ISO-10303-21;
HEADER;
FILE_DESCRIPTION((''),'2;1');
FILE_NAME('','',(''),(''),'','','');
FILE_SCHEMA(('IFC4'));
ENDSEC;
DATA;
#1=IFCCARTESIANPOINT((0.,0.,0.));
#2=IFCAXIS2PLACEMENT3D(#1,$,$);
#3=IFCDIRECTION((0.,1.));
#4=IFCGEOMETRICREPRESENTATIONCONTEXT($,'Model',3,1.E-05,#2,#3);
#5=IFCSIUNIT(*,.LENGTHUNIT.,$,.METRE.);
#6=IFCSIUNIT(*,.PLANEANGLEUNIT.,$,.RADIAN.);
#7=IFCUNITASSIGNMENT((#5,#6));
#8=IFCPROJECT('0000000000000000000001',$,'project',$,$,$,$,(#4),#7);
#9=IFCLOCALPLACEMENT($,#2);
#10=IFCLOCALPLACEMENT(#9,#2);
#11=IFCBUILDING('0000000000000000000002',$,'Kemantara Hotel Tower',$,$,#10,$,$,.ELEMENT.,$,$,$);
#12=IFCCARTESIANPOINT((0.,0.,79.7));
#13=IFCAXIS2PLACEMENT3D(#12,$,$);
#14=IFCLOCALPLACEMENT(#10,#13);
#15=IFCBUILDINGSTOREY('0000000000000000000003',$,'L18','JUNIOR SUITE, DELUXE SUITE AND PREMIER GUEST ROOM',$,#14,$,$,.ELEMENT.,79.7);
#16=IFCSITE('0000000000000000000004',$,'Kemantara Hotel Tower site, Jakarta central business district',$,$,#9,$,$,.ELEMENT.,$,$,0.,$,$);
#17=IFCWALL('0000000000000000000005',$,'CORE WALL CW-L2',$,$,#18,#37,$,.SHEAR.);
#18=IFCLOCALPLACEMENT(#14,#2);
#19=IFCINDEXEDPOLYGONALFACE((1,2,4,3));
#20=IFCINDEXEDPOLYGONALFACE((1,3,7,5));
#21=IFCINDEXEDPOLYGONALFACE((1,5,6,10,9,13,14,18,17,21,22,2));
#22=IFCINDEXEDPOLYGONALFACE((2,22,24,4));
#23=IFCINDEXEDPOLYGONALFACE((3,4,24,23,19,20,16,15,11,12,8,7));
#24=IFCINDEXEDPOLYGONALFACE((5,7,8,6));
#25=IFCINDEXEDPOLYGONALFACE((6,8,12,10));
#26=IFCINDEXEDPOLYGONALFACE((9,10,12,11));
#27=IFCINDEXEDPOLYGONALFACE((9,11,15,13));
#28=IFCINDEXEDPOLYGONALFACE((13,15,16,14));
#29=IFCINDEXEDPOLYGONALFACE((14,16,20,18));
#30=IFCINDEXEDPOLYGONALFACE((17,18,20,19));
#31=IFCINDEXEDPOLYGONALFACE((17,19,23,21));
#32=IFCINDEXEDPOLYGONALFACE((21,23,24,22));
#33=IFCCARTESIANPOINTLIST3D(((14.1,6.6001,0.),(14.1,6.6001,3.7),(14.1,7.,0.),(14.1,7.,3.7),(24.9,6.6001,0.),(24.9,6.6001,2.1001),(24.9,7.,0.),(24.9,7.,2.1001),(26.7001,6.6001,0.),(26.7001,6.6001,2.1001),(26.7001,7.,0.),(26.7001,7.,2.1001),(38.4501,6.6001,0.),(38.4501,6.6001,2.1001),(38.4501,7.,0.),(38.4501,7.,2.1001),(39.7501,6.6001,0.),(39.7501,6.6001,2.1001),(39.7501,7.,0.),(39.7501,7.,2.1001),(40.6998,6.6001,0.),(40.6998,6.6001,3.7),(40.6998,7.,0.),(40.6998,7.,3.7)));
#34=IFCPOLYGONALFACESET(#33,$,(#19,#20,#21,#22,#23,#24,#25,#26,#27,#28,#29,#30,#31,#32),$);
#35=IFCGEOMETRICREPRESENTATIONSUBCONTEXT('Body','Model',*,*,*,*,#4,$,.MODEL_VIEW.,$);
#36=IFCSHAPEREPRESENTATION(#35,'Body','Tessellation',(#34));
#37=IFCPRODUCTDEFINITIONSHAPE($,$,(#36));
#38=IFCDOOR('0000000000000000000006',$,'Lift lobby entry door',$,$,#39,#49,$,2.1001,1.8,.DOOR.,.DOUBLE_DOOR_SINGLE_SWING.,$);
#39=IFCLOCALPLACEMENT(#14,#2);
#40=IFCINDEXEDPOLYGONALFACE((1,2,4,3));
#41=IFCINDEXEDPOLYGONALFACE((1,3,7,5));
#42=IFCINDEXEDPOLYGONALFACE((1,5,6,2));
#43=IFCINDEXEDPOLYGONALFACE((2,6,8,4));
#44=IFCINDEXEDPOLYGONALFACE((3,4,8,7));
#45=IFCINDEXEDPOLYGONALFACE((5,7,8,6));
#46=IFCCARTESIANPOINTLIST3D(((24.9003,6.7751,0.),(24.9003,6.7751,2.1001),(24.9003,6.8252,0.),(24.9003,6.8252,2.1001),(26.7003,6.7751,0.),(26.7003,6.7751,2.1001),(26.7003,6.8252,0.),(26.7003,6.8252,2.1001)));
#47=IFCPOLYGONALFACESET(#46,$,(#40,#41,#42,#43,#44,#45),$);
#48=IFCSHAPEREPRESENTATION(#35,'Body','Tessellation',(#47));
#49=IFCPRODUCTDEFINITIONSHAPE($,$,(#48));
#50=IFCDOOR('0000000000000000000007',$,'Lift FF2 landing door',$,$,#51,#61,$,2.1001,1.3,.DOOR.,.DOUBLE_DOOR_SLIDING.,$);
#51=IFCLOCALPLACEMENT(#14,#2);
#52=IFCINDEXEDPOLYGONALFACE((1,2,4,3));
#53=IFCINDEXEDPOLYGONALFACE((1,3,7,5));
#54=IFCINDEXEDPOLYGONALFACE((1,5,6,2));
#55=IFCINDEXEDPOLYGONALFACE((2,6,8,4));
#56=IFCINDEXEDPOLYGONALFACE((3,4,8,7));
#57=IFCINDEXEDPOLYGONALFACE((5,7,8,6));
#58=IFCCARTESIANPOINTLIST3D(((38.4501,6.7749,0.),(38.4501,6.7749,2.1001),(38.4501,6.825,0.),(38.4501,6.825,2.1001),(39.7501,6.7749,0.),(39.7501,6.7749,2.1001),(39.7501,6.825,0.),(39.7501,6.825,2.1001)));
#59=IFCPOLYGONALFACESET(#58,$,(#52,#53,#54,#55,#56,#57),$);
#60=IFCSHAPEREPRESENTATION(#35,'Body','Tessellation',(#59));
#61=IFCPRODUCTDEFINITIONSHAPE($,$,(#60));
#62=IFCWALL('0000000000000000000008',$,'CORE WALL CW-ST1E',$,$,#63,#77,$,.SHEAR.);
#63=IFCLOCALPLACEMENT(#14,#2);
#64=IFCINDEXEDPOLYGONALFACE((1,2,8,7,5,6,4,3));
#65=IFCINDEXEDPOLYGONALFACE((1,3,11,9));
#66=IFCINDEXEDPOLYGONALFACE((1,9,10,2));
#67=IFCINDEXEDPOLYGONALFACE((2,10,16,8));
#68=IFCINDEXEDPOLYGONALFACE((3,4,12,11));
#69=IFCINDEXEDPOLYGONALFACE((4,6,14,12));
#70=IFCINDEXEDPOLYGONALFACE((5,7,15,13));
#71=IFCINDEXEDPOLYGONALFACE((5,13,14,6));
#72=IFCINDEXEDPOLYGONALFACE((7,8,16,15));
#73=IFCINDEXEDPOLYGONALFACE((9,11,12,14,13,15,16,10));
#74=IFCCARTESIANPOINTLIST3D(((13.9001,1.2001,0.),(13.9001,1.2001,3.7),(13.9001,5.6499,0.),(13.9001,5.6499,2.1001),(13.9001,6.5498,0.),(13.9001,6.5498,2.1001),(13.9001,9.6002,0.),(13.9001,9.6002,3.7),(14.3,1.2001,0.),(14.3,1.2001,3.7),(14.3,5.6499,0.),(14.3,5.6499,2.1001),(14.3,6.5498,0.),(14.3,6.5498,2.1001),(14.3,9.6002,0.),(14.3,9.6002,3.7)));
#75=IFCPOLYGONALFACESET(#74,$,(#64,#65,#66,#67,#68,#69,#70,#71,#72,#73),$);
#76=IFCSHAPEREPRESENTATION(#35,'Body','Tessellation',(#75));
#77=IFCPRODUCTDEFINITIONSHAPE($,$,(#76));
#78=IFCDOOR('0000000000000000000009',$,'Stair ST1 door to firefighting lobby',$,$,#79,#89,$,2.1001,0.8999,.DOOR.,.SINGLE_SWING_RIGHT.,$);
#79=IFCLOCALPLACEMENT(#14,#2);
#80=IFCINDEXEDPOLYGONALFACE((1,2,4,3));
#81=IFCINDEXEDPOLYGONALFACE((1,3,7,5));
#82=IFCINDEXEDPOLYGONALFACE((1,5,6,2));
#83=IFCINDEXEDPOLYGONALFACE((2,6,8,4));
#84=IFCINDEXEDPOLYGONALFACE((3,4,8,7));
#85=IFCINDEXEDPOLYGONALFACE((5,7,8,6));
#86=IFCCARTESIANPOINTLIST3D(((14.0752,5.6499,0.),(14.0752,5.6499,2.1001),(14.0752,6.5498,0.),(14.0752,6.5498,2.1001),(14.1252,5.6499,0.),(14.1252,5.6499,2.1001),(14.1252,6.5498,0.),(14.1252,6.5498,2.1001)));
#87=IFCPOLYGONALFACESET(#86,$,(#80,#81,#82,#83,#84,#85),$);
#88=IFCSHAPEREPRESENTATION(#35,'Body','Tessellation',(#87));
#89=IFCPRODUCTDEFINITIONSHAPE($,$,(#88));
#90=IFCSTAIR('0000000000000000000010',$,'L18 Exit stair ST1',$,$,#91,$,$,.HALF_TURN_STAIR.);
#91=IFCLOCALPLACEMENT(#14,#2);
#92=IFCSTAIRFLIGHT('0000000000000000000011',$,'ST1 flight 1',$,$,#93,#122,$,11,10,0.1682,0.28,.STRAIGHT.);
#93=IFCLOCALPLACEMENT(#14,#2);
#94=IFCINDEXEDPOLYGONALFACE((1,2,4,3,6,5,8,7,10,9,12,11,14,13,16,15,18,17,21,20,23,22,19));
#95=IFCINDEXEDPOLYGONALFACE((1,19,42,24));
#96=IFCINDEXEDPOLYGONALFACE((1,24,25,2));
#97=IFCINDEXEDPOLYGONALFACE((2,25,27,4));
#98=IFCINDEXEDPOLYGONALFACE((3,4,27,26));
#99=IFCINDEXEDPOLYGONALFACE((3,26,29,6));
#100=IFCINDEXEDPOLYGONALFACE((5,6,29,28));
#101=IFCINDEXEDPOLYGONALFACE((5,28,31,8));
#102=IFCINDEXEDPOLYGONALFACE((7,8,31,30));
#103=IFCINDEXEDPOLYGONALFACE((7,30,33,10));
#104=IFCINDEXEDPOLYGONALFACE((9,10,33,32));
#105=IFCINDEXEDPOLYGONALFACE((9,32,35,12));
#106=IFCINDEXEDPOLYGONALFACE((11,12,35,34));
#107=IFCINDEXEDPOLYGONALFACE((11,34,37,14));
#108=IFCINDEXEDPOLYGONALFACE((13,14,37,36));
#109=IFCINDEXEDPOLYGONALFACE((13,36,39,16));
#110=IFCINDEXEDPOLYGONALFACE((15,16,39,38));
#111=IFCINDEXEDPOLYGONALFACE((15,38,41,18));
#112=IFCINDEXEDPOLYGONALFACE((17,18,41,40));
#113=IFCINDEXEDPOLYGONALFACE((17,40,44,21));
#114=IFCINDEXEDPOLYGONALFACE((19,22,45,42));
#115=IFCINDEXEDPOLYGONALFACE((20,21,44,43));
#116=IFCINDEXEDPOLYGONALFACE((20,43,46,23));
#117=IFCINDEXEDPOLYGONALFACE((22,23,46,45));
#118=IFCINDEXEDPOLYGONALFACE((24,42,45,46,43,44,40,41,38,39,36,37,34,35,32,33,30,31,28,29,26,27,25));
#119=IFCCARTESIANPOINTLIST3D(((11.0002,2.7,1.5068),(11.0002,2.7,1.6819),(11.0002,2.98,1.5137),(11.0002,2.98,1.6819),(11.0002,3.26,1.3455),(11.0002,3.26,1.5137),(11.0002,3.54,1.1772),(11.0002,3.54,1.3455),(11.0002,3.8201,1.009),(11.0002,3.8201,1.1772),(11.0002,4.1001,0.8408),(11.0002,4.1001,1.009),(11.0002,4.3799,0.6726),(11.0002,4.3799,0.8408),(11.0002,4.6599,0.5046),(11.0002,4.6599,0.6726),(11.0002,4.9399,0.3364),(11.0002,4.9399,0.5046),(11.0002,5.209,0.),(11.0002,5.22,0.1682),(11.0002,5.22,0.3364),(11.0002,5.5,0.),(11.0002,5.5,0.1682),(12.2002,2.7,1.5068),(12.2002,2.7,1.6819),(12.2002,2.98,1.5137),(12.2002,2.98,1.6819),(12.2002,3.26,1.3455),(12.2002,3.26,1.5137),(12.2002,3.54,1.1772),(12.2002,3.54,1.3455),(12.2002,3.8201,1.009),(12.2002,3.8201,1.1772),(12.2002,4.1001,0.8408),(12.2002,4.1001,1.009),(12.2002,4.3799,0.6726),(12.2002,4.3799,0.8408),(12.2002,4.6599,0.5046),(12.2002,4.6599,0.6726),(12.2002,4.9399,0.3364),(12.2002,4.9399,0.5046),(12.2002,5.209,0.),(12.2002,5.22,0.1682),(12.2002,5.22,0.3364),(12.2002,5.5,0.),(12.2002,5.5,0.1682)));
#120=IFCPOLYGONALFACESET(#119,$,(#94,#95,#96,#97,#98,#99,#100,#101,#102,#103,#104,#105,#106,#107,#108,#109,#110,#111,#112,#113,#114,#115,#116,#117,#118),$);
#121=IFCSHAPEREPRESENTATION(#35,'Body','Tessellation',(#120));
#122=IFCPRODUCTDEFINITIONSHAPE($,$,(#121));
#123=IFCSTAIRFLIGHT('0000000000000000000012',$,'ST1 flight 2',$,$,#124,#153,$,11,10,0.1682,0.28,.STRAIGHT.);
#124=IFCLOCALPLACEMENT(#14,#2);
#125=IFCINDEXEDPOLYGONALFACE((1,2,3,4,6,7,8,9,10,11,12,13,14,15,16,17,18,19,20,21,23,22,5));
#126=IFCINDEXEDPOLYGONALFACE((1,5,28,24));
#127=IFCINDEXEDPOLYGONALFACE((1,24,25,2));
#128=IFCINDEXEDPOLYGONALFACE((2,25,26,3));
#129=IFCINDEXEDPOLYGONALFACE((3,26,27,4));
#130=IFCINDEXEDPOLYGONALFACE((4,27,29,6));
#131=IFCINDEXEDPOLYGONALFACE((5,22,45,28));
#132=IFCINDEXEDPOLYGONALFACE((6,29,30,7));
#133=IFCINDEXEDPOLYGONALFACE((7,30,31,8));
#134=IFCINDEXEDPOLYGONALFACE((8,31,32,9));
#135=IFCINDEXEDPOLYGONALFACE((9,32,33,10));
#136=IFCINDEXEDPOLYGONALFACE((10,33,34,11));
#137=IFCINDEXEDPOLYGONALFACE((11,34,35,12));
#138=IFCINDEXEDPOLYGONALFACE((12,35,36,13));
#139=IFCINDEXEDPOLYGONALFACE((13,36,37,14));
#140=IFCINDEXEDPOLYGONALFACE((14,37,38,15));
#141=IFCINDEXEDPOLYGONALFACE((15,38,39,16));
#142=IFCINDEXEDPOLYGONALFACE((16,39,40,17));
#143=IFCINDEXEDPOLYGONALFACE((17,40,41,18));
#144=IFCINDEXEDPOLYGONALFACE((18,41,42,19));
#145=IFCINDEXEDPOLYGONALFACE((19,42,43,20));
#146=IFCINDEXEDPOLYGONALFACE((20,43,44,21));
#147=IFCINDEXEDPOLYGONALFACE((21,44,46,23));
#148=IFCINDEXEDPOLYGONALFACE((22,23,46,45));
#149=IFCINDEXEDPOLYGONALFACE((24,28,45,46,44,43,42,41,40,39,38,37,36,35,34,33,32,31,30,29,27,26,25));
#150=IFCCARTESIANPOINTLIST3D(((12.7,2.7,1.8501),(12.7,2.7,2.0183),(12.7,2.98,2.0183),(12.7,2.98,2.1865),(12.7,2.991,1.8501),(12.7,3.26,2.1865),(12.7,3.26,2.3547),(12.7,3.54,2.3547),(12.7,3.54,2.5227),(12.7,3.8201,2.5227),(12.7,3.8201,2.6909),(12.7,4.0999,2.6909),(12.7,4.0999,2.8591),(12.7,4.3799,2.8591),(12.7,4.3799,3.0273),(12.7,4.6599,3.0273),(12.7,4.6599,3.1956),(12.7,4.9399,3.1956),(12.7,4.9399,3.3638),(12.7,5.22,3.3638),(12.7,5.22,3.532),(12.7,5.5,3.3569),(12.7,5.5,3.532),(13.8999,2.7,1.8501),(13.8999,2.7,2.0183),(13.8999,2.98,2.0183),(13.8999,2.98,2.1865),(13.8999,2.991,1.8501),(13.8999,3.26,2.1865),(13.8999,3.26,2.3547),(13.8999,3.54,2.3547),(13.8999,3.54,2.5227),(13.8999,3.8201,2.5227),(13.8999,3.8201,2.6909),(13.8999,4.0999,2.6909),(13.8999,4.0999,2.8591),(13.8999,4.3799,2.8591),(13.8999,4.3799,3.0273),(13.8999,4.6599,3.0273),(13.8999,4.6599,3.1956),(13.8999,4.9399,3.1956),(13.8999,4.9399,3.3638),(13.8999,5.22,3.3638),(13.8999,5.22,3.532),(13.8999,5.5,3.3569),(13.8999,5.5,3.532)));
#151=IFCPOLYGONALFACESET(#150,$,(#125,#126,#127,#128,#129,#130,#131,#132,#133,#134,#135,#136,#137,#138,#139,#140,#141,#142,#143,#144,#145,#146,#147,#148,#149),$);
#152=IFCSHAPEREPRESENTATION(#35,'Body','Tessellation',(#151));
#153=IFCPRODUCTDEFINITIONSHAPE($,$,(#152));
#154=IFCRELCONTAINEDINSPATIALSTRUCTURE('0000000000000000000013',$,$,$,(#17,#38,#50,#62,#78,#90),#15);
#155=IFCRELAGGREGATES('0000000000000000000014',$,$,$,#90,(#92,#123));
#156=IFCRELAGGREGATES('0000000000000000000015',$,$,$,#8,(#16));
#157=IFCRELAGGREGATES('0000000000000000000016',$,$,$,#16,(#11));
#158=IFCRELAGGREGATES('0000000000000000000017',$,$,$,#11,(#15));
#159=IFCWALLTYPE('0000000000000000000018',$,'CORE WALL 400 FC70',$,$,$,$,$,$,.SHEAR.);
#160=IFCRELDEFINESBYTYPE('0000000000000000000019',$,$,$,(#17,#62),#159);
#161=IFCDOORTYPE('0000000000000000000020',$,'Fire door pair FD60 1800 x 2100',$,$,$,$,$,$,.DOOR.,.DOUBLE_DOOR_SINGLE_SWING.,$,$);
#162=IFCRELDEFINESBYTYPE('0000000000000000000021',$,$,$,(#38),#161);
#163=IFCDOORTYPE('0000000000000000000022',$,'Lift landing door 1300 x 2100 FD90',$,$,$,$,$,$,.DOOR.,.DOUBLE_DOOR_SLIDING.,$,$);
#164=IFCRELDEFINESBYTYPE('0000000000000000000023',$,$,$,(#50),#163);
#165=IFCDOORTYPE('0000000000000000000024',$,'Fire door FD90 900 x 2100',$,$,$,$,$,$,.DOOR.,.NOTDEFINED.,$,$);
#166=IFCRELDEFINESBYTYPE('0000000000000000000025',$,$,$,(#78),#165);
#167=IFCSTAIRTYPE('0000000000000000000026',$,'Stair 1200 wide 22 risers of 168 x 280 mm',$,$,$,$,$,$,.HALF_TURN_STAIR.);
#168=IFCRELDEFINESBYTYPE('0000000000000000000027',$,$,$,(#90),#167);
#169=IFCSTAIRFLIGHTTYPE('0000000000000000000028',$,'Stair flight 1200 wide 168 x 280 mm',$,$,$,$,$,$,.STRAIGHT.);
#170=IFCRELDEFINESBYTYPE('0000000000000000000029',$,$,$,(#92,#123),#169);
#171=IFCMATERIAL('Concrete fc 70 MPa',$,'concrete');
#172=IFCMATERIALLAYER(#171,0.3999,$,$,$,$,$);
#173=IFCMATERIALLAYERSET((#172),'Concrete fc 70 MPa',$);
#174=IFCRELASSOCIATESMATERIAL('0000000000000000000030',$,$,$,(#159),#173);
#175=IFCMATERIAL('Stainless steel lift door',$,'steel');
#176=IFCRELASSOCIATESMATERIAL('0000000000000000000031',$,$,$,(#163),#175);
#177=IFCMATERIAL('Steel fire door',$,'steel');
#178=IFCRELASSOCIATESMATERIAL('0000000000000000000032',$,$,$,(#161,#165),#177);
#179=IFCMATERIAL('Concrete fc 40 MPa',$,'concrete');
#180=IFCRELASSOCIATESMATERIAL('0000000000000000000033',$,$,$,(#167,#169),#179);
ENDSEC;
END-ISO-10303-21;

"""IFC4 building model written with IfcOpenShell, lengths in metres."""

from ifc_helpers import new_model, si_unit, direction, frame, frame_2d, origin, place, context, subcontext, project, spatial, polyline, rectangle, outline, extrude, material, layer, layer_set, type_object, element, fill, aggregate, save


model = new_model("IFC4")

# Units and contexts
model_context = context("Model", 3, precision=1e-05, world=origin(), true_north=direction((0.0, 1.0)))
body_context = subcontext(model_context, "Body", "Model", "MODEL_VIEW")
ifc_project = project(units=[si_unit("LENGTHUNIT", "METRE"), si_unit("PLANEANGLEUNIT", "RADIAN")], contexts=[model_context])

# Site, building, storey
site_placement = place(None, origin())
site = spatial("IfcSite", under=ifc_project, at=site_placement, Name="Kemantara Hotel Tower site, Jakarta central business district", CompositionType="ELEMENT", RefElevation=0.0)
building_placement = place(site_placement, origin())
building = spatial("IfcBuilding", under=site, at=building_placement, Name="Kemantara Hotel Tower", CompositionType="ELEMENT")
storey_placement = place(building_placement, frame((0.0, 0.0, 79.7)))
storey = spatial("IfcBuildingStorey", under=building, at=storey_placement, Name="L18", Description="JUNIOR SUITE, DELUXE SUITE AND PREMIER GUEST ROOM", CompositionType="ELEMENT", Elevation=79.7)

# Shared definitions
ifc_material_1 = material(Name="Concrete fc 70 MPa", Category="concrete")

# Wall, openings, doors
ifc_layer_1 = layer(ifc_material_1, 0.3999)
ifc_layer_set_1 = layer_set([ifc_layer_1], Name="Concrete fc 70 MPa")
wall_type_1 = type_object("IfcWallType", Name="CORE WALL 400 FC70", PredefinedType="SHEAR", material=ifc_layer_set_1)
ifc_material_2 = material(Name="Steel fire door", Category="steel")
ifc_material_3 = material(Name="Stainless steel lift door", Category="steel")
door_type_1 = type_object("IfcDoorType", Name="Lift landing door 1300 x 2100 FD90", OperationType="DOUBLE_DOOR_SLIDING", PredefinedType="DOOR", material=ifc_material_3)
wall_1_placement = place(storey_placement, frame((14.1001, 6.8, 0.0), z_axis=(0.0, 0.0, 1.0), x_axis=(1.0, 0.0, 0.0)))
wall_1 = element("IfcWall", 1, at=wall_1_placement, inside=storey, type_object=wall_type_1, Name="CORE WALL CW-L2", PredefinedType="SHEAR", context=body_context, shape_type="SweptSolid", body=[
    extrude(rectangle(XDim=26.5999, YDim=0.3999, at=frame_2d((13.2998, 0.0))), origin(), (0.0, 0.0, 1.0), 3.7),
])
opening_1_placement = place(wall_1_placement, frame((10.8, 0.0, 0.0)))
opening_1 = element("IfcOpeningElement", 2, at=opening_1_placement, cuts=wall_1, PredefinedType="OPENING", context=body_context, shape_type="SweptSolid", body=[
    extrude(rectangle(XDim=1.8, YDim=2.1001, at=frame_2d((0.8999, 1.05))), frame((0.0, 0.21, 0.0), z_axis=(0.0, -1.0, 0.0), x_axis=(1.0, 0.0, 0.0)), (0.0, 0.0, 1.0), 0.4199),
])
opening_2_placement = place(wall_1_placement, frame((24.3501, 0.0, 0.0)))
opening_2 = element("IfcOpeningElement", 3, at=opening_2_placement, cuts=wall_1, PredefinedType="OPENING", context=body_context, shape_type="SweptSolid", body=[
    extrude(rectangle(XDim=1.3, YDim=2.1001, at=frame_2d((0.6499, 1.05))), frame((0.0, 0.21, 0.0), z_axis=(0.0, -1.0, 0.0), x_axis=(1.0, 0.0, 0.0)), (0.0, 0.0, 1.0), 0.4199),
])
door_type_2 = type_object("IfcDoorType", Name="Fire door pair FD60 1800 x 2100", OperationType="DOUBLE_DOOR_SINGLE_SWING", PredefinedType="DOOR", material=ifc_material_2)
door_1_placement = place(opening_1_placement, frame((1.8, 0.0, 0.0), z_axis=(0.0, 0.0, 1.0), x_axis=(-1.0, 0.0, 0.0)))
door_1 = element("IfcDoor", 4, at=door_1_placement, inside=storey, type_object=door_type_2, Name="Lift lobby entry door", OperationType="DOUBLE_DOOR_SINGLE_SWING", OverallHeight=2.1001, OverallWidth=1.8, PredefinedType="DOOR", context=body_context, shape_type="SweptSolid", body=[
    extrude(rectangle(XDim=1.8, YDim=2.1001, at=frame_2d((0.8999, 1.05))), frame((0.0, 0.0249, 0.0), z_axis=(0.0, -1.0, 0.0), x_axis=(1.0, 0.0, 0.0)), (0.0, 0.0, 1.0), 0.05),
])
fill(opening_1, door_1)
door_2_placement = place(opening_2_placement, origin())
door_2 = element("IfcDoor", 5, at=door_2_placement, inside=storey, type_object=door_type_1, Name="Lift FF2 landing door", OperationType="DOUBLE_DOOR_SLIDING", OverallHeight=2.1001, OverallWidth=1.3, PredefinedType="DOOR", context=body_context, shape_type="SweptSolid", body=[
    extrude(rectangle(XDim=1.3, YDim=2.1001, at=frame_2d((0.6499, 1.05))), frame((0.0, 0.0249, 0.0), z_axis=(0.0, -1.0, 0.0), x_axis=(1.0, 0.0, 0.0)), (0.0, 0.0, 1.0), 0.05),
])
fill(opening_2, door_2)

# Wall, opening, door
wall_2_placement = place(storey_placement, frame((14.1001, 1.2, 0.0), z_axis=(0.0, 0.0, 1.0), x_axis=(0.0, 1.0, 0.0)))
wall_2 = element("IfcWall", 6, at=wall_2_placement, inside=storey, type_object=wall_type_1, Name="CORE WALL CW-ST1E", PredefinedType="SHEAR", context=body_context, shape_type="SweptSolid", body=[
    extrude(rectangle(XDim=8.4001, YDim=0.3999, at=frame_2d((4.2002, 0.0))), origin(), (0.0, 0.0, 1.0), 3.7),
])
opening_3_placement = place(wall_2_placement, frame((4.45, 0.0, 0.0)))
opening_3 = element("IfcOpeningElement", 7, at=opening_3_placement, cuts=wall_2, PredefinedType="OPENING", context=body_context, shape_type="SweptSolid", body=[
    extrude(rectangle(XDim=0.8999, YDim=2.1001, at=frame_2d((0.45, 1.05))), frame((0.0, 0.21, 0.0), z_axis=(0.0, -1.0, 0.0), x_axis=(1.0, 0.0, 0.0)), (0.0, 0.0, 1.0), 0.4199),
])
door_type_3 = type_object("IfcDoorType", Name="Fire door FD90 900 x 2100", OperationType="NOTDEFINED", PredefinedType="DOOR", material=ifc_material_2)
door_3_placement = place(opening_3_placement, origin())
door_3 = element("IfcDoor", 8, at=door_3_placement, inside=storey, type_object=door_type_3, Name="Stair ST1 door to firefighting lobby", OperationType="SINGLE_SWING_RIGHT", OverallHeight=2.1001, OverallWidth=0.8999, PredefinedType="DOOR", context=body_context, shape_type="SweptSolid", body=[
    extrude(rectangle(XDim=0.8999, YDim=2.1001, at=frame_2d((0.45, 1.05))), frame((0.0, 0.0249, 0.0), z_axis=(0.0, -1.0, 0.0), x_axis=(1.0, 0.0, 0.0)), (0.0, 0.0, 1.0), 0.05),
])
fill(opening_3, door_3)

# Stair, stair flights
ifc_material_4 = material(Name="Concrete fc 40 MPa", Category="concrete")
stair_type = type_object("IfcStairType", Name="Stair 1200 wide 22 risers of 168 x 280 mm", PredefinedType="HALF_TURN_STAIR", material=ifc_material_4)
stair_placement = place(storey_placement, origin())
stair = element("IfcStair", 9, at=stair_placement, inside=storey, type_object=stair_type, Name="L18 Exit stair ST1", PredefinedType="HALF_TURN_STAIR")
stair_flight_type = type_object("IfcStairFlightType", Name="Stair flight 1200 wide 168 x 280 mm", PredefinedType="STRAIGHT", material=ifc_material_4)
stair_flight_1_placement = place(storey_placement, frame((11.6001, 5.5, 0.0), z_axis=(0.0, 0.0, 1.0), x_axis=(0.0, -1.0, 0.0)))
stair_flight_1 = element("IfcStairFlight", 10, at=stair_flight_1_placement, type_object=stair_flight_type, Name="ST1 flight 1", NumberOfRisers=11, NumberOfTreads=10, PredefinedType="STRAIGHT", RiserHeight=0.1682, TreadLength=0.28, context=body_context, shape_type="SweptSolid", body=[
    extrude(outline(polyline([(0.0, 0.0), (0.0, 0.1682), (0.28, 0.1682), (0.28, 0.3364), (0.5601, 0.3364), (0.5601, 0.5046), (0.8401, 0.5046), (0.8401, 0.6726), (1.1201, 0.6726), (1.1201, 0.8408), (1.3999, 0.8408), (1.3999, 1.009), (1.6799, 1.009), (1.6799, 1.1772), (1.96, 1.1772), (1.96, 1.3455), (2.24, 1.3455), (2.24, 1.5137), (2.52, 1.5137), (2.52, 1.6819), (2.8, 1.6819), (2.8, 1.8501), (2.8, 1.5068), (0.291, 0.0), (0.0, 0.0)])), frame((0.0, 0.6001, 0.0), z_axis=(0.0, -1.0, 0.0), x_axis=(1.0, 0.0, 0.0)), (0.0, 0.0, 1.0), 1.2),
])
stair_flight_2_placement = place(storey_placement, frame((13.3, 2.7, 1.8501), z_axis=(0.0, 0.0, 1.0), x_axis=(0.0, 1.0, 0.0)))
stair_flight_2 = element("IfcStairFlight", 11, at=stair_flight_2_placement, type_object=stair_flight_type, Name="ST1 flight 2", NumberOfRisers=11, NumberOfTreads=10, PredefinedType="STRAIGHT", RiserHeight=0.1682, TreadLength=0.28, context=body_context, shape_type="SweptSolid", body=[
    extrude(outline(polyline([(0.0, 0.0), (0.0, 0.1682), (0.28, 0.1682), (0.28, 0.3364), (0.5601, 0.3364), (0.5601, 0.5046), (0.8401, 0.5046), (0.8401, 0.6726), (1.1201, 0.6726), (1.1201, 0.8408), (1.3999, 0.8408), (1.3999, 1.009), (1.6799, 1.009), (1.6799, 1.1772), (1.96, 1.1772), (1.96, 1.3455), (2.24, 1.3455), (2.24, 1.5137), (2.52, 1.5137), (2.52, 1.6819), (2.8, 1.6819), (2.8, 1.8501), (2.8, 1.5068), (0.291, 0.0), (0.0, 0.0)])), frame((0.0, 0.6001, 0.0), z_axis=(0.0, -1.0, 0.0), x_axis=(1.0, 0.0, 0.0)), (0.0, 0.0, 1.0), 1.2),
])
aggregate(stair, [stair_flight_1, stair_flight_2])

save(model, "model.ifc")
